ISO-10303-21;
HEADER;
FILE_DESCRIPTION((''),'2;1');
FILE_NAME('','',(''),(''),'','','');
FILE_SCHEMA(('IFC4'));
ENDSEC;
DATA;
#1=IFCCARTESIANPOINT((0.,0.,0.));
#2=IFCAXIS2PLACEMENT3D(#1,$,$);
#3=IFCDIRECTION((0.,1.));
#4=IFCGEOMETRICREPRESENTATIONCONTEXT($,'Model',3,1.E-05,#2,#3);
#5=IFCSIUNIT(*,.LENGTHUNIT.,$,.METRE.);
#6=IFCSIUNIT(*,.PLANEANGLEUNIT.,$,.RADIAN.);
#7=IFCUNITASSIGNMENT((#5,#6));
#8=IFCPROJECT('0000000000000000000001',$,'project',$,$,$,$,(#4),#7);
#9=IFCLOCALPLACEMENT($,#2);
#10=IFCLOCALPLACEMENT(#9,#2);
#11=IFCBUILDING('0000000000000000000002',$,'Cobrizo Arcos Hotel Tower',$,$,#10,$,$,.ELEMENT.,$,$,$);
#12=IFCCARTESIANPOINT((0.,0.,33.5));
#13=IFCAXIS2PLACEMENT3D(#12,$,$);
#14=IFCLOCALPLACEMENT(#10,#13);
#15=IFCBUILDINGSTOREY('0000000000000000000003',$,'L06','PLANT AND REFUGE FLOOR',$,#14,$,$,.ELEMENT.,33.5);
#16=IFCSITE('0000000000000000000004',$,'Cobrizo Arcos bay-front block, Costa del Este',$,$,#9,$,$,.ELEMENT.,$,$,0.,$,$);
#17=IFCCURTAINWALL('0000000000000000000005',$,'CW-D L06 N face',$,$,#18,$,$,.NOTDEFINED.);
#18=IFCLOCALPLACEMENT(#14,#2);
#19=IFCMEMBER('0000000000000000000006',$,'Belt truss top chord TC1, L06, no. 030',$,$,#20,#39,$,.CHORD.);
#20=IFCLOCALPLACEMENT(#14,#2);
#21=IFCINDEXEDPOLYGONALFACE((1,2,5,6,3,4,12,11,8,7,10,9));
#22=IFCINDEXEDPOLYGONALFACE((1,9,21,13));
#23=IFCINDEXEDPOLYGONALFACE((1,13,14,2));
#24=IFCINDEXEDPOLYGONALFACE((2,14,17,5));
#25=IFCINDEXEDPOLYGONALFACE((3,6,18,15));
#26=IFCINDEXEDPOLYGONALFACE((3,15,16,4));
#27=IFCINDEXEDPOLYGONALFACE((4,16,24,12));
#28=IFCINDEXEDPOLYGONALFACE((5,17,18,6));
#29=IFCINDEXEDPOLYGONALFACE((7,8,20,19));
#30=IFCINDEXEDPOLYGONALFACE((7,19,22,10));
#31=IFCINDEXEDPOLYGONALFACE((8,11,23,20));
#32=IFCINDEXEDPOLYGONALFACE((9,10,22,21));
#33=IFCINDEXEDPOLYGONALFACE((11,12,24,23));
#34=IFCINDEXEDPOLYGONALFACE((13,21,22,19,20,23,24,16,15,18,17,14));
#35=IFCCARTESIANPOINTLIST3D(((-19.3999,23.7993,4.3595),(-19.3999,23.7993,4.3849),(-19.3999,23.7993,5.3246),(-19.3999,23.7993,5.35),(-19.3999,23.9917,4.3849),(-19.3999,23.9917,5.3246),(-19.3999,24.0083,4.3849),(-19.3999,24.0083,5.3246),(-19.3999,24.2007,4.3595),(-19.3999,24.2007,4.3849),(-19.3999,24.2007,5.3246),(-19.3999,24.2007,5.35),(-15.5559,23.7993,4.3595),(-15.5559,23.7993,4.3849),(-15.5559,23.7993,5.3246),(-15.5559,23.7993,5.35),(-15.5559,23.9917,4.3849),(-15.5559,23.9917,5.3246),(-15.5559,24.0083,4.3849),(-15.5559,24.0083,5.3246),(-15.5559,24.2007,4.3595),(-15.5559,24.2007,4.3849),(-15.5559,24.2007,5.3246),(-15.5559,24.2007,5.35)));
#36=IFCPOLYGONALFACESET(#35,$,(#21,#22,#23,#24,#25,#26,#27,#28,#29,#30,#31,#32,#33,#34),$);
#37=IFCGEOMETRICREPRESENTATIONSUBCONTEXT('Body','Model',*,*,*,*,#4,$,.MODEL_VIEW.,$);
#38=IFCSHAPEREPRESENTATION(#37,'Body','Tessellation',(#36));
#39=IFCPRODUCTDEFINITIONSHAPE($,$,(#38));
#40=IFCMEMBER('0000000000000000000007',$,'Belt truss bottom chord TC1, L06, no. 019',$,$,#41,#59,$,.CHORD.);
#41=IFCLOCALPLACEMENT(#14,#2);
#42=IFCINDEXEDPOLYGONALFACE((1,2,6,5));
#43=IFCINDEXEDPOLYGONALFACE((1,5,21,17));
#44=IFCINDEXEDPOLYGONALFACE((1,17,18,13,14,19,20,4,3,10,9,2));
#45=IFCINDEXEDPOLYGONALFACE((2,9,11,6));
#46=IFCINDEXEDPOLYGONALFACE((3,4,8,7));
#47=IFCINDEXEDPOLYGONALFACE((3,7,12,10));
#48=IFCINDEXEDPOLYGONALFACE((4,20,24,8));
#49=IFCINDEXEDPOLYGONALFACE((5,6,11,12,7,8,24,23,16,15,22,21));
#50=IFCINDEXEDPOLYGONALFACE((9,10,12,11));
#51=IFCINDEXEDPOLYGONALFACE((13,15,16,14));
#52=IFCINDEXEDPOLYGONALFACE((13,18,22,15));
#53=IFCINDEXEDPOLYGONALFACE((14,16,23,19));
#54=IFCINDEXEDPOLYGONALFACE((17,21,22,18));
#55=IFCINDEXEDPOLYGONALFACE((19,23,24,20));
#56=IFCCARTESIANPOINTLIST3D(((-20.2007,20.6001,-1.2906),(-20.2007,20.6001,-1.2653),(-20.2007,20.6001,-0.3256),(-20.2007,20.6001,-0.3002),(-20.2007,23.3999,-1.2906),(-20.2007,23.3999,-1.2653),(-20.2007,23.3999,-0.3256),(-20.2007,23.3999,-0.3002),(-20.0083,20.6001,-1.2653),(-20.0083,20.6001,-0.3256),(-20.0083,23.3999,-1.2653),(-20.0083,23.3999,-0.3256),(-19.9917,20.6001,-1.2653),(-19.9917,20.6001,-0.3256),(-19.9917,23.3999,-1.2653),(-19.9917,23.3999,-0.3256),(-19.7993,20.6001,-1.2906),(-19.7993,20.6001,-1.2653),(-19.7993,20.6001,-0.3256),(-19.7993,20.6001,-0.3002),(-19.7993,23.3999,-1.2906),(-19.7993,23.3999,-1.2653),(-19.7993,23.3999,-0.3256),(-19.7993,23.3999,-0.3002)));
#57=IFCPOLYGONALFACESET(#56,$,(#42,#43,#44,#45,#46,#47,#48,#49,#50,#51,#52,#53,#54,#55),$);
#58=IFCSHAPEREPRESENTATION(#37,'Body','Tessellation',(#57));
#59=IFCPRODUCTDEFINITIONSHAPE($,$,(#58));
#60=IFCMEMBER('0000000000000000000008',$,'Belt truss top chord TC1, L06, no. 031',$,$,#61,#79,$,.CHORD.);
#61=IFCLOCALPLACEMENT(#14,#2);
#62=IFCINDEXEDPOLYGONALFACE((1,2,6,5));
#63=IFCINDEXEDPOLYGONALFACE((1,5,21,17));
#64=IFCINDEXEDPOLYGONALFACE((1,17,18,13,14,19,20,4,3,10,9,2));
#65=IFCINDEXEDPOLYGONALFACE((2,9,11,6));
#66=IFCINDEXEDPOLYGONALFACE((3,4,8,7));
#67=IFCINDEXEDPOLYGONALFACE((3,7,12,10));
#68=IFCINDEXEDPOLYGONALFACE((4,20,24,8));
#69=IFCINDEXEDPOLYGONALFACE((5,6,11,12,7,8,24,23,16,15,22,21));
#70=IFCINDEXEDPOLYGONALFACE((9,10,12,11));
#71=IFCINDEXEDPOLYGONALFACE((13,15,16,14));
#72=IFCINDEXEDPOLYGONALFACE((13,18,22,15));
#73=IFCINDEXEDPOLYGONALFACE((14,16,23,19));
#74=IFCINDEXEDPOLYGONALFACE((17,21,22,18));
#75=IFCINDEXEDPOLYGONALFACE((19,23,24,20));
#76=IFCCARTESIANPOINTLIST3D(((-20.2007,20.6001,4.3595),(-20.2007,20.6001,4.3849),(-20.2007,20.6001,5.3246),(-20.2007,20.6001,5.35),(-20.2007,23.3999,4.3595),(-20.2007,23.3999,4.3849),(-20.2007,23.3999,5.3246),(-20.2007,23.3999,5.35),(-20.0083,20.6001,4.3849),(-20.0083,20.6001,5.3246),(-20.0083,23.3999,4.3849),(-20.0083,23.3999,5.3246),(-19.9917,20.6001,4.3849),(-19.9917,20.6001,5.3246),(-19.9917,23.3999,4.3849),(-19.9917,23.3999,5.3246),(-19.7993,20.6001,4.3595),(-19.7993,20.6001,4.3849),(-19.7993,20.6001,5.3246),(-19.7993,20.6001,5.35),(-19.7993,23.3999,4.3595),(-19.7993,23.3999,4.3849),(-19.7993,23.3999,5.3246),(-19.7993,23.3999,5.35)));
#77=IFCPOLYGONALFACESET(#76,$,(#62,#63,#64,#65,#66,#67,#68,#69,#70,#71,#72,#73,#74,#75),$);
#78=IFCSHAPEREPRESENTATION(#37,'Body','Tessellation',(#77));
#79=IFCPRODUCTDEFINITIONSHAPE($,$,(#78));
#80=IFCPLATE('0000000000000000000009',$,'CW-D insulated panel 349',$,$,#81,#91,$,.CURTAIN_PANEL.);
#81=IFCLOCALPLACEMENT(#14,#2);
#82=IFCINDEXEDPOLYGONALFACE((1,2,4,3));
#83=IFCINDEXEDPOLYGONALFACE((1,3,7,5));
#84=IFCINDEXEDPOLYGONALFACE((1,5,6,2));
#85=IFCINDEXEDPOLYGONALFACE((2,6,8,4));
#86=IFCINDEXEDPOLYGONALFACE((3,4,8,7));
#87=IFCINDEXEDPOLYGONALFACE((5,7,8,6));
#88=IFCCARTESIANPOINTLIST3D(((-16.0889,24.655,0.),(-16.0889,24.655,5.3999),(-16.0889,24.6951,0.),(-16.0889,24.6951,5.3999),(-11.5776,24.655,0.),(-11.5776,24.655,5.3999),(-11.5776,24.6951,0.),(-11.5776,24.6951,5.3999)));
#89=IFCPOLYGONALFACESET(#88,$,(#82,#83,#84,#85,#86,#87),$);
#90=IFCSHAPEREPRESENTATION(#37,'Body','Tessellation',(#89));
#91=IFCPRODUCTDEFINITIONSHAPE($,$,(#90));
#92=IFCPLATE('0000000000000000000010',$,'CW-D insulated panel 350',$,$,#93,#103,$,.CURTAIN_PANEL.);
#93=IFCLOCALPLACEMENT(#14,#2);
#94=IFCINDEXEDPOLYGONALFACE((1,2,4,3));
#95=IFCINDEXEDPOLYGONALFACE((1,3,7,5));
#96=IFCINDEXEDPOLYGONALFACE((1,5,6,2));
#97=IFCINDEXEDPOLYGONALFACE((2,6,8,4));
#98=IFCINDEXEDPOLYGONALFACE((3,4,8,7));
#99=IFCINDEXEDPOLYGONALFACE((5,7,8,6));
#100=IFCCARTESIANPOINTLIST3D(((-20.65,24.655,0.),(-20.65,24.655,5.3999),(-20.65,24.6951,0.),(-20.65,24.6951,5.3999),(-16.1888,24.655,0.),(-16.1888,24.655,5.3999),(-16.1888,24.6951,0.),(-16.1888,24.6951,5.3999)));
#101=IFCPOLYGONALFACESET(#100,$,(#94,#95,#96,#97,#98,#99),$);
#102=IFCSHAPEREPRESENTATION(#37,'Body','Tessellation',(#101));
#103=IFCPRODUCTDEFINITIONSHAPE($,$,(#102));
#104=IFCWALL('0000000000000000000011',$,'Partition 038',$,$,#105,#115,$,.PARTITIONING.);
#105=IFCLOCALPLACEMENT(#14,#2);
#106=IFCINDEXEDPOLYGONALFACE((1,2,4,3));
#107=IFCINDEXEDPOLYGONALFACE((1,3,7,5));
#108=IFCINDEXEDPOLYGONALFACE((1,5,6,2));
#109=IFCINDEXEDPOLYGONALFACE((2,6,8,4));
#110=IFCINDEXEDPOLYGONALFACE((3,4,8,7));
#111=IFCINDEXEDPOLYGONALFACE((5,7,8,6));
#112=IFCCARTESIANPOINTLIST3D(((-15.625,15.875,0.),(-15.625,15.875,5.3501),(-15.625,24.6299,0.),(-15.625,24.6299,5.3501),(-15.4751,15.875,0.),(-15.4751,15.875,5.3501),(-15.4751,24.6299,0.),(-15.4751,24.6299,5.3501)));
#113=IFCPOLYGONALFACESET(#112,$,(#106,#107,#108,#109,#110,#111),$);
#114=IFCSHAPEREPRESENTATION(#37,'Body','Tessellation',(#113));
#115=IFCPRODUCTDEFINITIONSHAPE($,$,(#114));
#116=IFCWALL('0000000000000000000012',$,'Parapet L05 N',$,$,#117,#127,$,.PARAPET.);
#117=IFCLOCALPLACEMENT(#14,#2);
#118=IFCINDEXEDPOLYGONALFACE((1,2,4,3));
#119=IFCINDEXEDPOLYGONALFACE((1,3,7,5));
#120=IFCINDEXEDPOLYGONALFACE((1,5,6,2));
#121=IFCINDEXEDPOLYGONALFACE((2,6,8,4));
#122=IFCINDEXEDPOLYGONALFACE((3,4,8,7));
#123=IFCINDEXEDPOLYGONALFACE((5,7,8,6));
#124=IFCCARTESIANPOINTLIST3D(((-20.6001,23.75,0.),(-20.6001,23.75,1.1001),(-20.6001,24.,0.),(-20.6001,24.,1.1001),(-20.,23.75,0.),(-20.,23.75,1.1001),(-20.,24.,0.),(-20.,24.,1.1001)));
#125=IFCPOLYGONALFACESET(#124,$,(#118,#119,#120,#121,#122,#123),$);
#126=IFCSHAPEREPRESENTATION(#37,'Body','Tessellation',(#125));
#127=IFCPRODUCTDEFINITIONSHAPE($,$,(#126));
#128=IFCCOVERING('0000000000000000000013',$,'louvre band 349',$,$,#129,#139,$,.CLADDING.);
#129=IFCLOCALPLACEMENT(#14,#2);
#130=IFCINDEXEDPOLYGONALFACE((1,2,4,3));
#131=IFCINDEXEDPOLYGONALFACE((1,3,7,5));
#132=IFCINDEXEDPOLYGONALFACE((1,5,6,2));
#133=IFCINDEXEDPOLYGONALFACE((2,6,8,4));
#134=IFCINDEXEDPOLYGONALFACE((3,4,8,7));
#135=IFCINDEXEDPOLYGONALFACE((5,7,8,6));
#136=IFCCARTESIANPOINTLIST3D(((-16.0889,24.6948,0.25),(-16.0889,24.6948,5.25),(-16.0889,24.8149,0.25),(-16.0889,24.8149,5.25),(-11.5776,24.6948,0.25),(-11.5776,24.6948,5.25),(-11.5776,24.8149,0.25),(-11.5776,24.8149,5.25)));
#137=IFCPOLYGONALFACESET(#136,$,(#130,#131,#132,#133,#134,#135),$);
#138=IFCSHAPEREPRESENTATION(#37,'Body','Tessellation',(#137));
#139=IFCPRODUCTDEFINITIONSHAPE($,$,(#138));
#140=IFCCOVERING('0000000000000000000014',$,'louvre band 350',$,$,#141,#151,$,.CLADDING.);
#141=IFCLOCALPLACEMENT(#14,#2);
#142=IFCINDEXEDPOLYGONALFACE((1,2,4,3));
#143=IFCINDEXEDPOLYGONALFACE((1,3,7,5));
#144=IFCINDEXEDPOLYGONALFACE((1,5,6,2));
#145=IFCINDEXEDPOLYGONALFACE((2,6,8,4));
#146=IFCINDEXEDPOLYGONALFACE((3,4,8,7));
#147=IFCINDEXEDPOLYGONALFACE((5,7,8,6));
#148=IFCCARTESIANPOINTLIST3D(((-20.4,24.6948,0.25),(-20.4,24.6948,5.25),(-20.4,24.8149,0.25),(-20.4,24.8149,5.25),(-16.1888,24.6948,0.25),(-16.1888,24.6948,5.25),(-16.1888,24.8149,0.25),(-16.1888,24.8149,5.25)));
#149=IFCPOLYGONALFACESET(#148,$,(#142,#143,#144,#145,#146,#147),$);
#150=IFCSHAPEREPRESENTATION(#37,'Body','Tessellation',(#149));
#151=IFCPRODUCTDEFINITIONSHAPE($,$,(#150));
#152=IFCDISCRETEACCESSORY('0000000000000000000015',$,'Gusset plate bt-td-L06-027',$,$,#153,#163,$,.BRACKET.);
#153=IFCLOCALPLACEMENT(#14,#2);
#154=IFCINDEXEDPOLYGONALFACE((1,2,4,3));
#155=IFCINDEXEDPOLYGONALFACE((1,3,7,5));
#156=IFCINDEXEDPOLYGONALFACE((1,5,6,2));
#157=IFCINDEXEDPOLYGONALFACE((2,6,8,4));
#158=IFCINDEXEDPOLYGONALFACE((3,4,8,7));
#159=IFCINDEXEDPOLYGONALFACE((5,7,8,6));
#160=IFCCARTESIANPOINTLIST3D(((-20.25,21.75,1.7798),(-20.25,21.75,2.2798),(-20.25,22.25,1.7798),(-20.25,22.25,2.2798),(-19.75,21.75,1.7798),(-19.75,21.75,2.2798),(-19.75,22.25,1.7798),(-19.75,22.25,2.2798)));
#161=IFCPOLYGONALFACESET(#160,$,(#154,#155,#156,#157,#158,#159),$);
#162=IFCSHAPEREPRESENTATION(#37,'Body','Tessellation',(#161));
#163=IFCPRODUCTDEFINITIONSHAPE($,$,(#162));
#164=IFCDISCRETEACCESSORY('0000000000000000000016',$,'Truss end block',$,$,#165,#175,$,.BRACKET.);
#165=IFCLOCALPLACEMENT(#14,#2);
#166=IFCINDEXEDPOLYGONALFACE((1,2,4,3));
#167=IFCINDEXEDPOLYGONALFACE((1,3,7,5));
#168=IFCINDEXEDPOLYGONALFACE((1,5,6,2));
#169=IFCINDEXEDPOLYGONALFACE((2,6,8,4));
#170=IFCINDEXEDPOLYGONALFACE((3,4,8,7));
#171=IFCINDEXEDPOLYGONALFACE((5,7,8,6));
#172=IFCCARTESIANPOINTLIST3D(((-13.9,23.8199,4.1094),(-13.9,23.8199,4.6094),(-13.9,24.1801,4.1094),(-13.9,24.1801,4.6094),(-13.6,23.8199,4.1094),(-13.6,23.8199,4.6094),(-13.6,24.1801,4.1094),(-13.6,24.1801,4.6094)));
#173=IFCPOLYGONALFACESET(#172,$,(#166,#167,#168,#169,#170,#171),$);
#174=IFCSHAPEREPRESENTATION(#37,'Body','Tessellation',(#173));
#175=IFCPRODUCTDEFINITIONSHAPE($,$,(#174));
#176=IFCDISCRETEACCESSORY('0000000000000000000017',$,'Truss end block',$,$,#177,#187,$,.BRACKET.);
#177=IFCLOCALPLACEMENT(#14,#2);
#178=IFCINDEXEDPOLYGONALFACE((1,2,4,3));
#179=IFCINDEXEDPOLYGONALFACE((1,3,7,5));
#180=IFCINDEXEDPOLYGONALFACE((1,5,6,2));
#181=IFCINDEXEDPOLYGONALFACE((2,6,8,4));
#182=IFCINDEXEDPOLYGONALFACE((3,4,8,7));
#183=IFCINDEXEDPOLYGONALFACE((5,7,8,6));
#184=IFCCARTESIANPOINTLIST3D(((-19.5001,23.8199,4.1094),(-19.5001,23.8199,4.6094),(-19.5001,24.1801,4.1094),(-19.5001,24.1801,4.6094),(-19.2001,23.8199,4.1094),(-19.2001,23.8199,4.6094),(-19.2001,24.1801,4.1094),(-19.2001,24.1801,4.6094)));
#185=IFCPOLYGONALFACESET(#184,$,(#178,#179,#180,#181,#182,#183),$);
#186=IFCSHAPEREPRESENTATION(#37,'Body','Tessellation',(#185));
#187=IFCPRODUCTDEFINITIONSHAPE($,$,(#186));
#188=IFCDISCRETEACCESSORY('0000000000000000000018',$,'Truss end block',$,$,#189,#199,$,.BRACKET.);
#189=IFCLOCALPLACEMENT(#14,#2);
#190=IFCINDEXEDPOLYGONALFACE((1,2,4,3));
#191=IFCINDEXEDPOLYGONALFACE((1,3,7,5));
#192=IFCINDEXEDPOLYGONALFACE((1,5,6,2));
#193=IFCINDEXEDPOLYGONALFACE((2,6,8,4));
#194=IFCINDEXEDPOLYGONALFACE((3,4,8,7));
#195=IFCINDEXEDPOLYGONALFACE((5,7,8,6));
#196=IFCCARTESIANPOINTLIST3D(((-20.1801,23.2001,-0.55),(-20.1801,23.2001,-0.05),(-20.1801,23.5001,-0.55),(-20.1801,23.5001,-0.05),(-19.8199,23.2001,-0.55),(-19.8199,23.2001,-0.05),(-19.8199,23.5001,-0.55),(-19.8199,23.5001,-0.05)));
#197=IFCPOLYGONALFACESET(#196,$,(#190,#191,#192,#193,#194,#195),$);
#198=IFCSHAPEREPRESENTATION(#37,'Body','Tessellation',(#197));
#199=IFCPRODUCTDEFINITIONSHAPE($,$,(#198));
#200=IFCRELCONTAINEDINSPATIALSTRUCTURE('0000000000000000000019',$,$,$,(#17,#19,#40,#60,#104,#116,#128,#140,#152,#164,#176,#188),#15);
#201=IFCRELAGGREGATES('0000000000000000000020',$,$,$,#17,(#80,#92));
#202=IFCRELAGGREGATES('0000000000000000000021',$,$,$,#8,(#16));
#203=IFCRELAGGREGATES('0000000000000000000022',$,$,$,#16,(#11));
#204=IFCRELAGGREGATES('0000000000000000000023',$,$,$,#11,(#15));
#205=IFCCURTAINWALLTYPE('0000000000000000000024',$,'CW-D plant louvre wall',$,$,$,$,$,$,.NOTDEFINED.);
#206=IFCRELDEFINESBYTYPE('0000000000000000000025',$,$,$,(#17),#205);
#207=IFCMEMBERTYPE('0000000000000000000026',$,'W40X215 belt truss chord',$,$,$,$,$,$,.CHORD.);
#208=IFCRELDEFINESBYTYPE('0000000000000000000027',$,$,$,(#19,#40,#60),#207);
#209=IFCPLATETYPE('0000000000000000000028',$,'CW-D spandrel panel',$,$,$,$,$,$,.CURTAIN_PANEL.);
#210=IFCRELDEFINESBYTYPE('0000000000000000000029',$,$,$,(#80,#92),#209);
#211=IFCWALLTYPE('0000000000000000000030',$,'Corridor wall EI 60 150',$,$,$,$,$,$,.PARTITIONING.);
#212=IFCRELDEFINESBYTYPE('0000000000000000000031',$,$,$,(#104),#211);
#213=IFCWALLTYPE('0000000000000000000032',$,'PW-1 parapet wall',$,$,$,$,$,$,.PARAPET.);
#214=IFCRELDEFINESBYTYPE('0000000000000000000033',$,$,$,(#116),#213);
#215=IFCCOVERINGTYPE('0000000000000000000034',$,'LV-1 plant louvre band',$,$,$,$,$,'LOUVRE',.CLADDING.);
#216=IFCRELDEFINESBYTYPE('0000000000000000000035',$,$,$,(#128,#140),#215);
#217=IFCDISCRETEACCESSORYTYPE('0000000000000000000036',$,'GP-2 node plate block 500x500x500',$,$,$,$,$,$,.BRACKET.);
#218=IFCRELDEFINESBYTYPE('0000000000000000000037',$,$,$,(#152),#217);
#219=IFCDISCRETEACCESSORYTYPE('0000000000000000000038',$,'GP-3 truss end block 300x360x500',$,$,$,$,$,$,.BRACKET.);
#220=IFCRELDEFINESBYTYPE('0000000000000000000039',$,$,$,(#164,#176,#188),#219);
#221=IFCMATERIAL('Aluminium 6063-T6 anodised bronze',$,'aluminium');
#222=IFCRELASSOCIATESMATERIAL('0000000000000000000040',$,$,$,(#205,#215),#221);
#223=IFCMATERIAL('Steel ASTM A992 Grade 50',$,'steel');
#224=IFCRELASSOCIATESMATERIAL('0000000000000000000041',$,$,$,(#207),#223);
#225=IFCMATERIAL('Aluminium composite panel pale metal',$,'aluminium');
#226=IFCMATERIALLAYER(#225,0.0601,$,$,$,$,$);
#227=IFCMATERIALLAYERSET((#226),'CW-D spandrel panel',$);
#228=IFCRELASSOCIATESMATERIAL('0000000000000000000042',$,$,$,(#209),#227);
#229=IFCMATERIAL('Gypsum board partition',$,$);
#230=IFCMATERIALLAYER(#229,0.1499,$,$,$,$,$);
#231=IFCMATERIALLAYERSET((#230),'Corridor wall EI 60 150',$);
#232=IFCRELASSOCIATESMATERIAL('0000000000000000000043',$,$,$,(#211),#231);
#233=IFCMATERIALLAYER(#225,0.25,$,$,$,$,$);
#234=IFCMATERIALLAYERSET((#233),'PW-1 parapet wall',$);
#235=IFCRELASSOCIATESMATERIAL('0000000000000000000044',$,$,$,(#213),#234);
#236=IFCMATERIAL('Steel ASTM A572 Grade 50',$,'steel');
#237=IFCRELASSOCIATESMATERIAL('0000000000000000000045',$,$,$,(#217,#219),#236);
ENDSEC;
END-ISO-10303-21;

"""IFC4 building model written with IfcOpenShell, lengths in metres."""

from ifc_helpers import new_model, si_unit, direction, frame, frame_2d, origin, origin_2d, place, context, subcontext, project, spatial, rectangle, i_section, extrude, material, layer, layer_set, material_profile, profile_set, type_object, element, aggregate, save


model = new_model("IFC4")

# Units and contexts
model_context = context("Model", 3, precision=1e-05, world=origin(), true_north=direction((0.0, 1.0)))
body_context = subcontext(model_context, "Body", "Model", "MODEL_VIEW")
ifc_project = project(units=[si_unit("LENGTHUNIT", "METRE"), si_unit("PLANEANGLEUNIT", "RADIAN")], contexts=[model_context])

# Site, building, storey
site_placement = place(None, origin())
site = spatial("IfcSite", under=ifc_project, at=site_placement, Name="Cobrizo Arcos bay-front block, Costa del Este", CompositionType="ELEMENT", RefElevation=0.0)
building_placement = place(site_placement, origin())
building = spatial("IfcBuilding", under=site, at=building_placement, Name="Cobrizo Arcos Hotel Tower", CompositionType="ELEMENT")
storey_placement = place(building_placement, frame((0.0, 0.0, 33.5)))
storey = spatial("IfcBuildingStorey", under=building, at=storey_placement, Name="L06", Description="PLANT AND REFUGE FLOOR", CompositionType="ELEMENT", Elevation=33.5)

# Shared definitions
ifc_material_1 = material(Name="Steel ASTM A572 Grade 50", Category="steel")

# Curtain wall
ifc_material_2 = material(Name="Aluminium 6063-T6 anodised bronze", Category="aluminium")
curtain_wall_type = type_object("IfcCurtainWallType", Name="CW-D plant louvre wall", PredefinedType="NOTDEFINED", material=ifc_material_2)
curtain_wall_placement = place(storey_placement, origin())
curtain_wall = element("IfcCurtainWall", 1, at=curtain_wall_placement, inside=storey, type_object=curtain_wall_type, Name="CW-D L06 N face", PredefinedType="NOTDEFINED")

# Members
ifc_material_3 = material(Name="Steel ASTM A992 Grade 50", Category="steel")
ifc_material_profile_1 = material_profile(ifc_material_3, i_section(OverallWidth=0.4014, OverallDepth=0.9905, WebThickness=0.0166, FlangeThickness=0.0254, at=origin_2d()), Name="W40X215")
ifc_profile_set_1 = profile_set([ifc_material_profile_1], Name="Steel ASTM A992 Grade 50")
member_type_1 = type_object("IfcMemberType", Name="W40X215 belt truss chord", PredefinedType="CHORD", material=ifc_profile_set_1)
member_1_placement = place(storey_placement, frame((-15.5559, 24.0, 4.8547), z_axis=(-1.0, 0.0, 0.0), x_axis=(0.0, -1.0, 0.0)))
element("IfcMember", 2, at=member_1_placement, inside=storey, type_object=member_type_1, Name="Belt truss top chord TC1, L06, no. 030", PredefinedType="CHORD", context=body_context, shape_type="SweptSolid", body=[
    extrude(i_section(OverallWidth=0.4014, OverallDepth=0.9905, WebThickness=0.0166, FlangeThickness=0.0254, at=origin_2d()), origin(), (0.0, 0.0, 1.0), 3.844),
])
for number, where, z_axis, x_axis, name in (
    (3, (-20.0, 23.3999, -0.7954), (0.0, -1.0, 0.0), (1.0, 0.0, 0.0), "Belt truss bottom chord TC1, L06, no. 019"),
    (4, (-20.0, 23.3999, 4.8547), (0.0, -1.0, 0.0), (1.0, 0.0, 0.0), "Belt truss top chord TC1, L06, no. 031"),
):
    element("IfcMember", number, at=place(storey_placement, frame(where, z_axis=z_axis, x_axis=x_axis)), inside=storey, type_object=member_type_1, Name=name, PredefinedType="CHORD", context=body_context, shape_type="SweptSolid", body=[
        extrude(i_section(OverallWidth=0.4014, OverallDepth=0.9905, WebThickness=0.0166, FlangeThickness=0.0254, at=origin_2d()), origin(), (0.0, 0.0, 1.0), 2.7998),
    ])

# Plates
ifc_material_4 = material(Name="Aluminium composite panel pale metal", Category="aluminium")
ifc_layer_1 = layer(ifc_material_4, 0.0601)
ifc_layer_set_1 = layer_set([ifc_layer_1], Name="CW-D spandrel panel")
plate_type = type_object("IfcPlateType", Name="CW-D spandrel panel", PredefinedType="CURTAIN_PANEL", material=ifc_layer_set_1)
plate_1_placement = place(storey_placement, frame((-13.8333, 24.675, 0.0), z_axis=(0.0, 0.0, 1.0), x_axis=(-1.0, 0.0, 0.0)))
plate_1 = element("IfcPlate", 5, at=plate_1_placement, type_object=plate_type, Name="CW-D insulated panel 349", PredefinedType="CURTAIN_PANEL", context=body_context, shape_type="SweptSolid", body=[
    extrude(rectangle(XDim=4.5112, YDim=0.04, at=origin_2d()), origin(), (0.0, 0.0, 1.0), 5.3999),
])
plate_2_placement = place(storey_placement, frame((-18.4194, 24.675, 0.0), z_axis=(0.0, 0.0, 1.0), x_axis=(-1.0, 0.0, 0.0)))
plate_2 = element("IfcPlate", 6, at=plate_2_placement, type_object=plate_type, Name="CW-D insulated panel 350", PredefinedType="CURTAIN_PANEL", context=body_context, shape_type="SweptSolid", body=[
    extrude(rectangle(XDim=4.4612, YDim=0.04, at=origin_2d()), origin(), (0.0, 0.0, 1.0), 5.3999),
])
aggregate(curtain_wall, [plate_1, plate_2])

# Walls
ifc_material_5 = material(Name="Gypsum board partition")
ifc_layer_2 = layer(ifc_material_5, 0.1499)
ifc_layer_set_2 = layer_set([ifc_layer_2], Name="Corridor wall EI 60 150")
wall_type_1 = type_object("IfcWallType", Name="Corridor wall EI 60 150", PredefinedType="PARTITIONING", material=ifc_layer_set_2)
wall_1_placement = place(storey_placement, frame((-15.55, 15.875, 0.0), z_axis=(0.0, 0.0, 1.0), x_axis=(0.0, 1.0, 0.0)))
element("IfcWall", 7, at=wall_1_placement, inside=storey, type_object=wall_type_1, Name="Partition 038", PredefinedType="PARTITIONING", context=body_context, shape_type="SweptSolid", body=[
    extrude(rectangle(XDim=8.7549, YDim=0.1499, at=frame_2d((4.3774, 0.0))), origin(), (0.0, 0.0, 1.0), 5.3501),
])
ifc_layer_3 = layer(ifc_material_4, 0.25)
ifc_layer_set_3 = layer_set([ifc_layer_3], Name="PW-1 parapet wall")
wall_type_2 = type_object("IfcWallType", Name="PW-1 parapet wall", PredefinedType="PARAPET", material=ifc_layer_set_3)
wall_2_placement = place(storey_placement, frame((-20.0, 23.875, 0.0), z_axis=(0.0, 0.0, 1.0), x_axis=(-1.0, 0.0, 0.0)))
element("IfcWall", 8, at=wall_2_placement, inside=storey, type_object=wall_type_2, Name="Parapet L05 N", PredefinedType="PARAPET", context=body_context, shape_type="SweptSolid", body=[
    extrude(rectangle(XDim=0.6001, YDim=0.25, at=frame_2d((0.3, 0.0))), origin(), (0.0, 0.0, 1.0), 1.1001),
])

# Coverings
covering_type = type_object("IfcCoveringType", Name="LV-1 plant louvre band", ElementType="LOUVRE", PredefinedType="CLADDING", material=ifc_material_2)
covering_1_placement = place(storey_placement, frame((-13.8333, 24.7549, 0.25), z_axis=(0.0, 0.0, 1.0), x_axis=(-1.0, 0.0, 0.0)))
element("IfcCovering", 9, at=covering_1_placement, inside=storey, type_object=covering_type, Name="louvre band 349", PredefinedType="CLADDING", context=body_context, shape_type="SweptSolid", body=[
    extrude(rectangle(XDim=4.5112, YDim=0.1201, at=origin_2d()), origin(), (0.0, 0.0, 1.0), 5.0),
])
covering_2_placement = place(storey_placement, frame((-18.2944, 24.7549, 0.25), z_axis=(0.0, 0.0, 1.0), x_axis=(-1.0, 0.0, 0.0)))
element("IfcCovering", 10, at=covering_2_placement, inside=storey, type_object=covering_type, Name="louvre band 350", PredefinedType="CLADDING", context=body_context, shape_type="SweptSolid", body=[
    extrude(rectangle(XDim=4.2112, YDim=0.1201, at=origin_2d()), origin(), (0.0, 0.0, 1.0), 5.0),
])

# Discrete accessories
discrete_accessory_type_1 = type_object("IfcDiscreteAccessoryType", Name="GP-2 node plate block 500x500x500", PredefinedType="BRACKET", material=ifc_material_1)
discrete_accessory_1_placement = place(storey_placement, frame((-20.0, 22.0, 1.7798), z_axis=(0.0, 0.0, 1.0), x_axis=(1.0, 0.0, 0.0)))
element("IfcDiscreteAccessory", 11, at=discrete_accessory_1_placement, inside=storey, type_object=discrete_accessory_type_1, Name="Gusset plate bt-td-L06-027", PredefinedType="BRACKET", context=body_context, shape_type="SweptSolid", body=[
    extrude(rectangle(XDim=0.5, YDim=0.5, at=origin_2d()), origin(), (0.0, 0.0, 1.0), 0.5),
])
discrete_accessory_type_2 = type_object("IfcDiscreteAccessoryType", Name="GP-3 truss end block 300x360x500", PredefinedType="BRACKET", material=ifc_material_1)
for number, where, z_axis, x_axis, name in (
    (12, (-13.75, 24.0, 4.1094), (0.0, 0.0, 1.0), (1.0, 0.0, 0.0), "Truss end block"),
    (13, (-19.3501, 24.0, 4.1094), (0.0, 0.0, 1.0), (1.0, 0.0, 0.0), "Truss end block"),
    (14, (-20.0, 23.3501, -0.55), (0.0, 0.0, 1.0), (0.0, -1.0, 0.0), "Truss end block"),
):
    element("IfcDiscreteAccessory", number, at=place(storey_placement, frame(where, z_axis=z_axis, x_axis=x_axis)), inside=storey, type_object=discrete_accessory_type_2, Name=name, PredefinedType="BRACKET", context=body_context, shape_type="SweptSolid", body=[
        extrude(rectangle(XDim=0.3, YDim=0.3601, at=origin_2d()), origin(), (0.0, 0.0, 1.0), 0.5),
    ])

save(model, "model.ifc")
